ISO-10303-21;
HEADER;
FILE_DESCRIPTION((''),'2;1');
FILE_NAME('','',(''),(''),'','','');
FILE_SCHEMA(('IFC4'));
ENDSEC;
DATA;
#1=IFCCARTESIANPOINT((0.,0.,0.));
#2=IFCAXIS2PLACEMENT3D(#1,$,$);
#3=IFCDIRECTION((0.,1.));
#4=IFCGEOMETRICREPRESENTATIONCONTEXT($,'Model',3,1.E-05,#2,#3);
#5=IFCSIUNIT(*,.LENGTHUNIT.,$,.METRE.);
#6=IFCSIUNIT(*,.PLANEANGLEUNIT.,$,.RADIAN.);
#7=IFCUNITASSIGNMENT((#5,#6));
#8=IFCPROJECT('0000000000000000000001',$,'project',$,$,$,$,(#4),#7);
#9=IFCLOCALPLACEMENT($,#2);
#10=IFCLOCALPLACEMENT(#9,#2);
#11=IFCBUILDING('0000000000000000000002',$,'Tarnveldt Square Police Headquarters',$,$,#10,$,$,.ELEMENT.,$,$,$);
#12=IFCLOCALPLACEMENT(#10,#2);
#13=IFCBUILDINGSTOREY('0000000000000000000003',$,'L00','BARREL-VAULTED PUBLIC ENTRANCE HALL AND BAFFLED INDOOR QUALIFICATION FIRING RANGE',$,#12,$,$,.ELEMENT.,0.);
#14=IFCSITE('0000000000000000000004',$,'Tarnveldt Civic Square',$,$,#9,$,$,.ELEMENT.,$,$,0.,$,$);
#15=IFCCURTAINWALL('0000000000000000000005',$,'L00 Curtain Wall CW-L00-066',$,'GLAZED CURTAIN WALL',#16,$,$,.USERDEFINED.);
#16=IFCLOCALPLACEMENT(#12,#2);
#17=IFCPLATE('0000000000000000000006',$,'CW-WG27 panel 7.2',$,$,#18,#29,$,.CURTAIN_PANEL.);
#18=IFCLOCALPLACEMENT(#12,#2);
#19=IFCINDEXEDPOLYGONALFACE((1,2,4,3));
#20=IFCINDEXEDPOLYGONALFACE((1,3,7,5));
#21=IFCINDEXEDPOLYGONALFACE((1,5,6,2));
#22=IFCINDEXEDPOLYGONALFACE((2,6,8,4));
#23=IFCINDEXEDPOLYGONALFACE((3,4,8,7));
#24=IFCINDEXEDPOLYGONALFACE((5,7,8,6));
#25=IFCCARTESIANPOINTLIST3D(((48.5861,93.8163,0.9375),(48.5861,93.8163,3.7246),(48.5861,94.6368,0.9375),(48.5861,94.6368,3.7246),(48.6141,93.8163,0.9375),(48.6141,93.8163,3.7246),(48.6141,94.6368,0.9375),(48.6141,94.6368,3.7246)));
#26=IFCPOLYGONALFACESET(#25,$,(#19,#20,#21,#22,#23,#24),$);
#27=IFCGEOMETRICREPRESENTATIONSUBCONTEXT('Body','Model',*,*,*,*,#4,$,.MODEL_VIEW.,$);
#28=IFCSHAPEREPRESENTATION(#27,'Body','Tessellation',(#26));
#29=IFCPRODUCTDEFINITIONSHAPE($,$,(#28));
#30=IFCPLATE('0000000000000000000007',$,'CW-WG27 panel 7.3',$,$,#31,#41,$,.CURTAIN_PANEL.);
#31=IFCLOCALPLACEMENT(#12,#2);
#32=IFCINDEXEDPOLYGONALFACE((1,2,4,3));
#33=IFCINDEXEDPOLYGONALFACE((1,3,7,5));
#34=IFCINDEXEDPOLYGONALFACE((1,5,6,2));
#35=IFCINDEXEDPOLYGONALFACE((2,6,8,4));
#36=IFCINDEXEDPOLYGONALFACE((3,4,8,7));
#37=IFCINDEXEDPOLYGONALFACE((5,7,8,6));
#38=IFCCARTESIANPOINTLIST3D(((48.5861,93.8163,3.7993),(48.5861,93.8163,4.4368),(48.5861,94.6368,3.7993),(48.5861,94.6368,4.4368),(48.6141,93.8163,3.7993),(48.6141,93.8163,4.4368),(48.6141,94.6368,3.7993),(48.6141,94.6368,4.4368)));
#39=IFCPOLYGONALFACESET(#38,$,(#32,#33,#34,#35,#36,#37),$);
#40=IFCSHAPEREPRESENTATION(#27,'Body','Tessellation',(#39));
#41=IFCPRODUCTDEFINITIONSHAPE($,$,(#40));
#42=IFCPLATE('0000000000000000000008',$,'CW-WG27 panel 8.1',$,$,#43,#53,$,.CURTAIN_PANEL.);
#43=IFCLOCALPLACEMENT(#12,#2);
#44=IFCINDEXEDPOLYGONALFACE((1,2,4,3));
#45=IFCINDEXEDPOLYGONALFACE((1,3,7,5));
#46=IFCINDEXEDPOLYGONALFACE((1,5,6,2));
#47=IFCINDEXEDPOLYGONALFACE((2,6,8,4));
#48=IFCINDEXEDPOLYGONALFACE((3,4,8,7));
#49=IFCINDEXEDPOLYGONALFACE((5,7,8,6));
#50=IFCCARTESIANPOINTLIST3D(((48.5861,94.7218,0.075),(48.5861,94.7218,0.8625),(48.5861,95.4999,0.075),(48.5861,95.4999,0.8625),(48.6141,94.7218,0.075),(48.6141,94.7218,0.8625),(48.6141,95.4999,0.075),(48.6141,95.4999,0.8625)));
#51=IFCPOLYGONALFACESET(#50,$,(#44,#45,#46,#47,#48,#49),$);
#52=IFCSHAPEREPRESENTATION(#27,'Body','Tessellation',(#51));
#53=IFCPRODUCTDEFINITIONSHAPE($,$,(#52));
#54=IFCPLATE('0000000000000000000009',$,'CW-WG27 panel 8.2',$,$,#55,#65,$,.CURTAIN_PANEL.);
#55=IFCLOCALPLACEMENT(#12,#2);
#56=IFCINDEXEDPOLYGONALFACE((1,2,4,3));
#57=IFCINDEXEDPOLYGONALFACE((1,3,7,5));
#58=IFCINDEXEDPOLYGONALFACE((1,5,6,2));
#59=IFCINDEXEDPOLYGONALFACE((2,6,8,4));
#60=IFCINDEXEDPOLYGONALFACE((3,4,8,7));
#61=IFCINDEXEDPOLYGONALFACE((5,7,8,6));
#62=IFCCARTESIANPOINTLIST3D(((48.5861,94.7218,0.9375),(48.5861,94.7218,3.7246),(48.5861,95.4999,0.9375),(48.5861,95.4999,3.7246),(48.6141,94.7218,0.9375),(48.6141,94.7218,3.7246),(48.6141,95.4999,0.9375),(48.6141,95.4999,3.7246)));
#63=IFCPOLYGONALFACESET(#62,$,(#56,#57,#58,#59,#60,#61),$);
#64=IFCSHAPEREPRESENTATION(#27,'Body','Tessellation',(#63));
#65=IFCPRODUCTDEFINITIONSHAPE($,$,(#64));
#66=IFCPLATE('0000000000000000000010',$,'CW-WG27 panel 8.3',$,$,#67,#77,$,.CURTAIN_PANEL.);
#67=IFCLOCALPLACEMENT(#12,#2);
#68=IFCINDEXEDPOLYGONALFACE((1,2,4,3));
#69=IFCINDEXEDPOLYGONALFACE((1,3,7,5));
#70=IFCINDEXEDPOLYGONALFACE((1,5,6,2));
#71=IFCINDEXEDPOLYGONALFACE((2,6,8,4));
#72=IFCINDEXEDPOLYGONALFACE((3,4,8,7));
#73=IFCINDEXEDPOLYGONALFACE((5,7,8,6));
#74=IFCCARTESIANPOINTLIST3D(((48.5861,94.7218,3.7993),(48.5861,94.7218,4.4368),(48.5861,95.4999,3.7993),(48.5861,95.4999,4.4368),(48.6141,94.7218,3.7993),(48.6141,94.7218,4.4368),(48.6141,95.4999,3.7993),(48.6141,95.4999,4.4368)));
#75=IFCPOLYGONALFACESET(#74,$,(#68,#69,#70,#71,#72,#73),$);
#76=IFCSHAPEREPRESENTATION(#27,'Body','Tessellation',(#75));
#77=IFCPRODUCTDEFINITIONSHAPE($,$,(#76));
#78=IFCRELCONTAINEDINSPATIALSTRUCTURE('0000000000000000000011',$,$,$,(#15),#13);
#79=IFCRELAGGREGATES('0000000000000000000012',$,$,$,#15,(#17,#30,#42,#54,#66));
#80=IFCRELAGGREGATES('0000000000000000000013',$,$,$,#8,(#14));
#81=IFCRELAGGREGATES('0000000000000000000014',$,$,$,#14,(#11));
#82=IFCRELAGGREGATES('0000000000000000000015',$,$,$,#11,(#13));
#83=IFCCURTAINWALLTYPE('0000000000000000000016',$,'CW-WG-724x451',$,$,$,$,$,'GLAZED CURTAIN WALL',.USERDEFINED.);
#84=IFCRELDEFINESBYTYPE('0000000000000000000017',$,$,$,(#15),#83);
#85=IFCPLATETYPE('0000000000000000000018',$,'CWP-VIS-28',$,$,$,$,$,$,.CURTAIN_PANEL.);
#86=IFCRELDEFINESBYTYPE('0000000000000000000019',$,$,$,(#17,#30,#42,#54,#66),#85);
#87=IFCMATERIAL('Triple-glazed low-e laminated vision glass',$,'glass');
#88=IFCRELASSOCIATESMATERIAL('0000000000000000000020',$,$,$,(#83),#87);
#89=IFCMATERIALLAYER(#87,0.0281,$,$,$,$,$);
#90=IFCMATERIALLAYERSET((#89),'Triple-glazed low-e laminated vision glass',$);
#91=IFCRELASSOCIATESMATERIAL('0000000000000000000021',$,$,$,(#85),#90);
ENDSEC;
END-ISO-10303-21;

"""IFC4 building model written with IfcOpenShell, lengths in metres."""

from ifc_helpers import new_model, si_unit, direction, frame, origin, origin_2d, place, context, subcontext, project, spatial, rectangle, extrude, material, layer, layer_set, type_object, element, aggregate, save


model = new_model("IFC4")

# Units and contexts
model_context = context("Model", 3, precision=1e-05, world=origin(), true_north=direction((0.0, 1.0)))
body_context = subcontext(model_context, "Body", "Model", "MODEL_VIEW")
ifc_project = project(units=[si_unit("LENGTHUNIT", "METRE"), si_unit("PLANEANGLEUNIT", "RADIAN")], contexts=[model_context])

# Site, building, storey
site_placement = place(None, origin())
site = spatial("IfcSite", under=ifc_project, at=site_placement, Name="Tarnveldt Civic Square", CompositionType="ELEMENT", RefElevation=0.0)
building_placement = place(site_placement, origin())
building = spatial("IfcBuilding", under=site, at=building_placement, Name="Tarnveldt Square Police Headquarters", CompositionType="ELEMENT")
storey_placement = place(building_placement, origin())
storey = spatial("IfcBuildingStorey", under=building, at=storey_placement, Name="L00", Description="BARREL-VAULTED PUBLIC ENTRANCE HALL AND BAFFLED INDOOR QUALIFICATION FIRING RANGE", CompositionType="ELEMENT", Elevation=0.0)

# Shared definitions
ifc_material_1 = material(Name="Triple-glazed low-e laminated vision glass", Category="glass")

# Curtain wall
curtain_wall_type_1 = type_object("IfcCurtainWallType", Name="CW-WG-724x451", ElementType="GLAZED CURTAIN WALL", PredefinedType="USERDEFINED", material=ifc_material_1)
curtain_wall_1_placement = place(storey_placement, origin())
curtain_wall_1 = element("IfcCurtainWall", 1, at=curtain_wall_1_placement, inside=storey, type_object=curtain_wall_type_1, Name="L00 Curtain Wall CW-L00-066", ObjectType="GLAZED CURTAIN WALL", PredefinedType="USERDEFINED")

# Plates
ifc_layer = layer(ifc_material_1, 0.0281)
ifc_layer_set = layer_set([ifc_layer], Name="Triple-glazed low-e laminated vision glass")
plate_type = type_object("IfcPlateType", Name="CWP-VIS-28", PredefinedType="CURTAIN_PANEL", material=ifc_layer_set)
plate_1_placement = place(storey_placement, frame((48.6001, 94.2266, 0.9375), z_axis=(0.0, 0.0, 1.0), x_axis=(0.0, 1.0, 0.0)))
plate_1 = element("IfcPlate", 2, at=plate_1_placement, type_object=plate_type, Name="CW-WG27 panel 7.2", PredefinedType="CURTAIN_PANEL", context=body_context, shape_type="SweptSolid", body=[
    extrude(rectangle(XDim=0.8206, YDim=0.0281, at=origin_2d()), origin(), (0.0, 0.0, 1.0), 2.7871),
])
plate_2_placement = place(storey_placement, frame((48.6001, 94.2266, 3.7993), z_axis=(0.0, 0.0, 1.0), x_axis=(0.0, 1.0, 0.0)))
plate_2 = element("IfcPlate", 3, at=plate_2_placement, type_object=plate_type, Name="CW-WG27 panel 7.3", PredefinedType="CURTAIN_PANEL", context=body_context, shape_type="SweptSolid", body=[
    extrude(rectangle(XDim=0.8206, YDim=0.0281, at=origin_2d()), origin(), (0.0, 0.0, 1.0), 0.6375),
])
plate_3_placement = place(storey_placement, frame((48.6001, 95.1108, 0.075), z_axis=(0.0, 0.0, 1.0), x_axis=(0.0, 1.0, 0.0)))
plate_3 = element("IfcPlate", 4, at=plate_3_placement, type_object=plate_type, Name="CW-WG27 panel 8.1", PredefinedType="CURTAIN_PANEL", context=body_context, shape_type="SweptSolid", body=[
    extrude(rectangle(XDim=0.7781, YDim=0.0281, at=origin_2d()), origin(), (0.0, 0.0, 1.0), 0.7876),
])
plate_4_placement = place(storey_placement, frame((48.6001, 95.1108, 0.9375), z_axis=(0.0, 0.0, 1.0), x_axis=(0.0, 1.0, 0.0)))
plate_4 = element("IfcPlate", 5, at=plate_4_placement, type_object=plate_type, Name="CW-WG27 panel 8.2", PredefinedType="CURTAIN_PANEL", context=body_context, shape_type="SweptSolid", body=[
    extrude(rectangle(XDim=0.7781, YDim=0.0281, at=origin_2d()), origin(), (0.0, 0.0, 1.0), 2.7871),
])
plate_5_placement = place(storey_placement, frame((48.6001, 95.1108, 3.7993), z_axis=(0.0, 0.0, 1.0), x_axis=(0.0, 1.0, 0.0)))
plate_5 = element("IfcPlate", 6, at=plate_5_placement, type_object=plate_type, Name="CW-WG27 panel 8.3", PredefinedType="CURTAIN_PANEL", context=body_context, shape_type="SweptSolid", body=[
    extrude(rectangle(XDim=0.7781, YDim=0.0281, at=origin_2d()), origin(), (0.0, 0.0, 1.0), 0.6375),
])
aggregate(curtain_wall_1, [plate_1, plate_2, plate_3, plate_4, plate_5])

save(model, "model.ifc")
